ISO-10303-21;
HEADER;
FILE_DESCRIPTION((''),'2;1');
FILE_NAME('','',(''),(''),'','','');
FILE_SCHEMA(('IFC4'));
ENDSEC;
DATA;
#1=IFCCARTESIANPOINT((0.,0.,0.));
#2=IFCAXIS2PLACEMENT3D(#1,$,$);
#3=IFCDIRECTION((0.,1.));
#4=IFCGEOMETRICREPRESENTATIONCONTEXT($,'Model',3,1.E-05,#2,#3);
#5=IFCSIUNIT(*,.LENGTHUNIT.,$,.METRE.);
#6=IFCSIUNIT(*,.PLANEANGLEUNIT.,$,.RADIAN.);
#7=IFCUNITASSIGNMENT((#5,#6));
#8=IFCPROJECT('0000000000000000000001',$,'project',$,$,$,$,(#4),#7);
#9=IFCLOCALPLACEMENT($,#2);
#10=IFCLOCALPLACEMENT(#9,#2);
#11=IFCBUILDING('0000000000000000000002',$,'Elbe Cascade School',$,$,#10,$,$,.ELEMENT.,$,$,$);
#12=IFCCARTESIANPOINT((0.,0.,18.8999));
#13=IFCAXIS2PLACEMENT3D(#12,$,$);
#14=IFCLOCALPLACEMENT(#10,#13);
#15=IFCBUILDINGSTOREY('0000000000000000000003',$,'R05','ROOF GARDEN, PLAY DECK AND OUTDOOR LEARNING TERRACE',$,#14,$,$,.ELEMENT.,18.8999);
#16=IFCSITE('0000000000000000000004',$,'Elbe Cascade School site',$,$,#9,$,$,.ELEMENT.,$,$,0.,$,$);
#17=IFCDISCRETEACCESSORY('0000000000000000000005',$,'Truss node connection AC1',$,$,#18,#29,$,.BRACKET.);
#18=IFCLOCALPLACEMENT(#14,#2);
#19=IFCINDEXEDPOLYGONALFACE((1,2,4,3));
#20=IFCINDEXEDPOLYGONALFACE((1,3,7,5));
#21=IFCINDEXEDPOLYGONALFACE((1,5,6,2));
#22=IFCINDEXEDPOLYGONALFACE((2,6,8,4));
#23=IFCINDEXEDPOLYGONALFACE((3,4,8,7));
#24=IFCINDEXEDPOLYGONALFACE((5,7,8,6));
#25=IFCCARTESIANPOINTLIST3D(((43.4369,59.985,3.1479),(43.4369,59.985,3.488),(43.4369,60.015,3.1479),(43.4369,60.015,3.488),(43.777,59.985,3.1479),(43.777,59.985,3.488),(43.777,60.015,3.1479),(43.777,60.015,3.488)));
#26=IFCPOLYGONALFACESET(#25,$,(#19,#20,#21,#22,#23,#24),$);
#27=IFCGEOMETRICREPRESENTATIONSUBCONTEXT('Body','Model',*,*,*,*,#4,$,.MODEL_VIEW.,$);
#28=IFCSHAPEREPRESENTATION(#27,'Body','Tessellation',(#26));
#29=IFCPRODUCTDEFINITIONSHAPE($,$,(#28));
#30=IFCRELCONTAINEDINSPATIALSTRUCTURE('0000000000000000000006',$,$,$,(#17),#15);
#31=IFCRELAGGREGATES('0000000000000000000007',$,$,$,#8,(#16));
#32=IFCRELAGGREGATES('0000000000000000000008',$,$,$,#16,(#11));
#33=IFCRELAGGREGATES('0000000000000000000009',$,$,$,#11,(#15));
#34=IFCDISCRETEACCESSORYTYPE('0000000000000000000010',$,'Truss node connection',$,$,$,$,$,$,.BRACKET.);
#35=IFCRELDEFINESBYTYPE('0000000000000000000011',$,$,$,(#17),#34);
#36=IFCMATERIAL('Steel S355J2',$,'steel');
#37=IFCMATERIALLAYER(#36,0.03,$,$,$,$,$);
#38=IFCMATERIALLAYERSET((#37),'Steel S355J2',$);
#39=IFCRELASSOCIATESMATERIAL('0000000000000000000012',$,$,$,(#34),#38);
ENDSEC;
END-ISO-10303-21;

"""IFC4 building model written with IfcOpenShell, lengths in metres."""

from ifc_helpers import new_model, si_unit, direction, frame, origin, origin_2d, place, context, subcontext, project, spatial, rectangle, extrude, material, layer, layer_set, type_object, element, save


model = new_model("IFC4")

# Units and contexts
model_context = context("Model", 3, precision=1e-05, world=origin(), true_north=direction((0.0, 1.0)))
body_context = subcontext(model_context, "Body", "Model", "MODEL_VIEW")
ifc_project = project(units=[si_unit("LENGTHUNIT", "METRE"), si_unit("PLANEANGLEUNIT", "RADIAN")], contexts=[model_context])

# Site, building, storey
site_placement = place(None, origin())
site = spatial("IfcSite", under=ifc_project, at=site_placement, Name="Elbe Cascade School site", CompositionType="ELEMENT", RefElevation=0.0)
building_placement = place(site_placement, origin())
building = spatial("IfcBuilding", under=site, at=building_placement, Name="Elbe Cascade School", CompositionType="ELEMENT")
storey_placement = place(building_placement, frame((0.0, 0.0, 18.8999)))
storey = spatial("IfcBuildingStorey", under=building, at=storey_placement, Name="R05", Description="ROOF GARDEN, PLAY DECK AND OUTDOOR LEARNING TERRACE", CompositionType="ELEMENT", Elevation=18.8999)

# Discrete accessory
ifc_material_1 = material(Name="Steel S355J2", Category="steel")
ifc_layer = layer(ifc_material_1, 0.03)
ifc_layer_set = layer_set([ifc_layer], Name="Steel S355J2")
discrete_accessory_type = type_object("IfcDiscreteAccessoryType", Name="Truss node connection", PredefinedType="BRACKET", material=ifc_layer_set)
for number, where, z_axis, x_axis, name in (
    (1, (43.6069, 60.0, 3.1479), (0.0, 0.0, 1.0), (1.0, 0.0, 0.0), "Truss node connection AC1"),
):
    element("IfcDiscreteAccessory", number, at=place(storey_placement, frame(where, z_axis=z_axis, x_axis=x_axis)), inside=storey, type_object=discrete_accessory_type, Name=name, PredefinedType="BRACKET", context=body_context, shape_type="SweptSolid", body=[
        extrude(rectangle(XDim=0.3401, YDim=0.03, at=origin_2d()), origin(), (0.0, 0.0, 1.0), 0.3401),
    ])

save(model, "model.ifc")
